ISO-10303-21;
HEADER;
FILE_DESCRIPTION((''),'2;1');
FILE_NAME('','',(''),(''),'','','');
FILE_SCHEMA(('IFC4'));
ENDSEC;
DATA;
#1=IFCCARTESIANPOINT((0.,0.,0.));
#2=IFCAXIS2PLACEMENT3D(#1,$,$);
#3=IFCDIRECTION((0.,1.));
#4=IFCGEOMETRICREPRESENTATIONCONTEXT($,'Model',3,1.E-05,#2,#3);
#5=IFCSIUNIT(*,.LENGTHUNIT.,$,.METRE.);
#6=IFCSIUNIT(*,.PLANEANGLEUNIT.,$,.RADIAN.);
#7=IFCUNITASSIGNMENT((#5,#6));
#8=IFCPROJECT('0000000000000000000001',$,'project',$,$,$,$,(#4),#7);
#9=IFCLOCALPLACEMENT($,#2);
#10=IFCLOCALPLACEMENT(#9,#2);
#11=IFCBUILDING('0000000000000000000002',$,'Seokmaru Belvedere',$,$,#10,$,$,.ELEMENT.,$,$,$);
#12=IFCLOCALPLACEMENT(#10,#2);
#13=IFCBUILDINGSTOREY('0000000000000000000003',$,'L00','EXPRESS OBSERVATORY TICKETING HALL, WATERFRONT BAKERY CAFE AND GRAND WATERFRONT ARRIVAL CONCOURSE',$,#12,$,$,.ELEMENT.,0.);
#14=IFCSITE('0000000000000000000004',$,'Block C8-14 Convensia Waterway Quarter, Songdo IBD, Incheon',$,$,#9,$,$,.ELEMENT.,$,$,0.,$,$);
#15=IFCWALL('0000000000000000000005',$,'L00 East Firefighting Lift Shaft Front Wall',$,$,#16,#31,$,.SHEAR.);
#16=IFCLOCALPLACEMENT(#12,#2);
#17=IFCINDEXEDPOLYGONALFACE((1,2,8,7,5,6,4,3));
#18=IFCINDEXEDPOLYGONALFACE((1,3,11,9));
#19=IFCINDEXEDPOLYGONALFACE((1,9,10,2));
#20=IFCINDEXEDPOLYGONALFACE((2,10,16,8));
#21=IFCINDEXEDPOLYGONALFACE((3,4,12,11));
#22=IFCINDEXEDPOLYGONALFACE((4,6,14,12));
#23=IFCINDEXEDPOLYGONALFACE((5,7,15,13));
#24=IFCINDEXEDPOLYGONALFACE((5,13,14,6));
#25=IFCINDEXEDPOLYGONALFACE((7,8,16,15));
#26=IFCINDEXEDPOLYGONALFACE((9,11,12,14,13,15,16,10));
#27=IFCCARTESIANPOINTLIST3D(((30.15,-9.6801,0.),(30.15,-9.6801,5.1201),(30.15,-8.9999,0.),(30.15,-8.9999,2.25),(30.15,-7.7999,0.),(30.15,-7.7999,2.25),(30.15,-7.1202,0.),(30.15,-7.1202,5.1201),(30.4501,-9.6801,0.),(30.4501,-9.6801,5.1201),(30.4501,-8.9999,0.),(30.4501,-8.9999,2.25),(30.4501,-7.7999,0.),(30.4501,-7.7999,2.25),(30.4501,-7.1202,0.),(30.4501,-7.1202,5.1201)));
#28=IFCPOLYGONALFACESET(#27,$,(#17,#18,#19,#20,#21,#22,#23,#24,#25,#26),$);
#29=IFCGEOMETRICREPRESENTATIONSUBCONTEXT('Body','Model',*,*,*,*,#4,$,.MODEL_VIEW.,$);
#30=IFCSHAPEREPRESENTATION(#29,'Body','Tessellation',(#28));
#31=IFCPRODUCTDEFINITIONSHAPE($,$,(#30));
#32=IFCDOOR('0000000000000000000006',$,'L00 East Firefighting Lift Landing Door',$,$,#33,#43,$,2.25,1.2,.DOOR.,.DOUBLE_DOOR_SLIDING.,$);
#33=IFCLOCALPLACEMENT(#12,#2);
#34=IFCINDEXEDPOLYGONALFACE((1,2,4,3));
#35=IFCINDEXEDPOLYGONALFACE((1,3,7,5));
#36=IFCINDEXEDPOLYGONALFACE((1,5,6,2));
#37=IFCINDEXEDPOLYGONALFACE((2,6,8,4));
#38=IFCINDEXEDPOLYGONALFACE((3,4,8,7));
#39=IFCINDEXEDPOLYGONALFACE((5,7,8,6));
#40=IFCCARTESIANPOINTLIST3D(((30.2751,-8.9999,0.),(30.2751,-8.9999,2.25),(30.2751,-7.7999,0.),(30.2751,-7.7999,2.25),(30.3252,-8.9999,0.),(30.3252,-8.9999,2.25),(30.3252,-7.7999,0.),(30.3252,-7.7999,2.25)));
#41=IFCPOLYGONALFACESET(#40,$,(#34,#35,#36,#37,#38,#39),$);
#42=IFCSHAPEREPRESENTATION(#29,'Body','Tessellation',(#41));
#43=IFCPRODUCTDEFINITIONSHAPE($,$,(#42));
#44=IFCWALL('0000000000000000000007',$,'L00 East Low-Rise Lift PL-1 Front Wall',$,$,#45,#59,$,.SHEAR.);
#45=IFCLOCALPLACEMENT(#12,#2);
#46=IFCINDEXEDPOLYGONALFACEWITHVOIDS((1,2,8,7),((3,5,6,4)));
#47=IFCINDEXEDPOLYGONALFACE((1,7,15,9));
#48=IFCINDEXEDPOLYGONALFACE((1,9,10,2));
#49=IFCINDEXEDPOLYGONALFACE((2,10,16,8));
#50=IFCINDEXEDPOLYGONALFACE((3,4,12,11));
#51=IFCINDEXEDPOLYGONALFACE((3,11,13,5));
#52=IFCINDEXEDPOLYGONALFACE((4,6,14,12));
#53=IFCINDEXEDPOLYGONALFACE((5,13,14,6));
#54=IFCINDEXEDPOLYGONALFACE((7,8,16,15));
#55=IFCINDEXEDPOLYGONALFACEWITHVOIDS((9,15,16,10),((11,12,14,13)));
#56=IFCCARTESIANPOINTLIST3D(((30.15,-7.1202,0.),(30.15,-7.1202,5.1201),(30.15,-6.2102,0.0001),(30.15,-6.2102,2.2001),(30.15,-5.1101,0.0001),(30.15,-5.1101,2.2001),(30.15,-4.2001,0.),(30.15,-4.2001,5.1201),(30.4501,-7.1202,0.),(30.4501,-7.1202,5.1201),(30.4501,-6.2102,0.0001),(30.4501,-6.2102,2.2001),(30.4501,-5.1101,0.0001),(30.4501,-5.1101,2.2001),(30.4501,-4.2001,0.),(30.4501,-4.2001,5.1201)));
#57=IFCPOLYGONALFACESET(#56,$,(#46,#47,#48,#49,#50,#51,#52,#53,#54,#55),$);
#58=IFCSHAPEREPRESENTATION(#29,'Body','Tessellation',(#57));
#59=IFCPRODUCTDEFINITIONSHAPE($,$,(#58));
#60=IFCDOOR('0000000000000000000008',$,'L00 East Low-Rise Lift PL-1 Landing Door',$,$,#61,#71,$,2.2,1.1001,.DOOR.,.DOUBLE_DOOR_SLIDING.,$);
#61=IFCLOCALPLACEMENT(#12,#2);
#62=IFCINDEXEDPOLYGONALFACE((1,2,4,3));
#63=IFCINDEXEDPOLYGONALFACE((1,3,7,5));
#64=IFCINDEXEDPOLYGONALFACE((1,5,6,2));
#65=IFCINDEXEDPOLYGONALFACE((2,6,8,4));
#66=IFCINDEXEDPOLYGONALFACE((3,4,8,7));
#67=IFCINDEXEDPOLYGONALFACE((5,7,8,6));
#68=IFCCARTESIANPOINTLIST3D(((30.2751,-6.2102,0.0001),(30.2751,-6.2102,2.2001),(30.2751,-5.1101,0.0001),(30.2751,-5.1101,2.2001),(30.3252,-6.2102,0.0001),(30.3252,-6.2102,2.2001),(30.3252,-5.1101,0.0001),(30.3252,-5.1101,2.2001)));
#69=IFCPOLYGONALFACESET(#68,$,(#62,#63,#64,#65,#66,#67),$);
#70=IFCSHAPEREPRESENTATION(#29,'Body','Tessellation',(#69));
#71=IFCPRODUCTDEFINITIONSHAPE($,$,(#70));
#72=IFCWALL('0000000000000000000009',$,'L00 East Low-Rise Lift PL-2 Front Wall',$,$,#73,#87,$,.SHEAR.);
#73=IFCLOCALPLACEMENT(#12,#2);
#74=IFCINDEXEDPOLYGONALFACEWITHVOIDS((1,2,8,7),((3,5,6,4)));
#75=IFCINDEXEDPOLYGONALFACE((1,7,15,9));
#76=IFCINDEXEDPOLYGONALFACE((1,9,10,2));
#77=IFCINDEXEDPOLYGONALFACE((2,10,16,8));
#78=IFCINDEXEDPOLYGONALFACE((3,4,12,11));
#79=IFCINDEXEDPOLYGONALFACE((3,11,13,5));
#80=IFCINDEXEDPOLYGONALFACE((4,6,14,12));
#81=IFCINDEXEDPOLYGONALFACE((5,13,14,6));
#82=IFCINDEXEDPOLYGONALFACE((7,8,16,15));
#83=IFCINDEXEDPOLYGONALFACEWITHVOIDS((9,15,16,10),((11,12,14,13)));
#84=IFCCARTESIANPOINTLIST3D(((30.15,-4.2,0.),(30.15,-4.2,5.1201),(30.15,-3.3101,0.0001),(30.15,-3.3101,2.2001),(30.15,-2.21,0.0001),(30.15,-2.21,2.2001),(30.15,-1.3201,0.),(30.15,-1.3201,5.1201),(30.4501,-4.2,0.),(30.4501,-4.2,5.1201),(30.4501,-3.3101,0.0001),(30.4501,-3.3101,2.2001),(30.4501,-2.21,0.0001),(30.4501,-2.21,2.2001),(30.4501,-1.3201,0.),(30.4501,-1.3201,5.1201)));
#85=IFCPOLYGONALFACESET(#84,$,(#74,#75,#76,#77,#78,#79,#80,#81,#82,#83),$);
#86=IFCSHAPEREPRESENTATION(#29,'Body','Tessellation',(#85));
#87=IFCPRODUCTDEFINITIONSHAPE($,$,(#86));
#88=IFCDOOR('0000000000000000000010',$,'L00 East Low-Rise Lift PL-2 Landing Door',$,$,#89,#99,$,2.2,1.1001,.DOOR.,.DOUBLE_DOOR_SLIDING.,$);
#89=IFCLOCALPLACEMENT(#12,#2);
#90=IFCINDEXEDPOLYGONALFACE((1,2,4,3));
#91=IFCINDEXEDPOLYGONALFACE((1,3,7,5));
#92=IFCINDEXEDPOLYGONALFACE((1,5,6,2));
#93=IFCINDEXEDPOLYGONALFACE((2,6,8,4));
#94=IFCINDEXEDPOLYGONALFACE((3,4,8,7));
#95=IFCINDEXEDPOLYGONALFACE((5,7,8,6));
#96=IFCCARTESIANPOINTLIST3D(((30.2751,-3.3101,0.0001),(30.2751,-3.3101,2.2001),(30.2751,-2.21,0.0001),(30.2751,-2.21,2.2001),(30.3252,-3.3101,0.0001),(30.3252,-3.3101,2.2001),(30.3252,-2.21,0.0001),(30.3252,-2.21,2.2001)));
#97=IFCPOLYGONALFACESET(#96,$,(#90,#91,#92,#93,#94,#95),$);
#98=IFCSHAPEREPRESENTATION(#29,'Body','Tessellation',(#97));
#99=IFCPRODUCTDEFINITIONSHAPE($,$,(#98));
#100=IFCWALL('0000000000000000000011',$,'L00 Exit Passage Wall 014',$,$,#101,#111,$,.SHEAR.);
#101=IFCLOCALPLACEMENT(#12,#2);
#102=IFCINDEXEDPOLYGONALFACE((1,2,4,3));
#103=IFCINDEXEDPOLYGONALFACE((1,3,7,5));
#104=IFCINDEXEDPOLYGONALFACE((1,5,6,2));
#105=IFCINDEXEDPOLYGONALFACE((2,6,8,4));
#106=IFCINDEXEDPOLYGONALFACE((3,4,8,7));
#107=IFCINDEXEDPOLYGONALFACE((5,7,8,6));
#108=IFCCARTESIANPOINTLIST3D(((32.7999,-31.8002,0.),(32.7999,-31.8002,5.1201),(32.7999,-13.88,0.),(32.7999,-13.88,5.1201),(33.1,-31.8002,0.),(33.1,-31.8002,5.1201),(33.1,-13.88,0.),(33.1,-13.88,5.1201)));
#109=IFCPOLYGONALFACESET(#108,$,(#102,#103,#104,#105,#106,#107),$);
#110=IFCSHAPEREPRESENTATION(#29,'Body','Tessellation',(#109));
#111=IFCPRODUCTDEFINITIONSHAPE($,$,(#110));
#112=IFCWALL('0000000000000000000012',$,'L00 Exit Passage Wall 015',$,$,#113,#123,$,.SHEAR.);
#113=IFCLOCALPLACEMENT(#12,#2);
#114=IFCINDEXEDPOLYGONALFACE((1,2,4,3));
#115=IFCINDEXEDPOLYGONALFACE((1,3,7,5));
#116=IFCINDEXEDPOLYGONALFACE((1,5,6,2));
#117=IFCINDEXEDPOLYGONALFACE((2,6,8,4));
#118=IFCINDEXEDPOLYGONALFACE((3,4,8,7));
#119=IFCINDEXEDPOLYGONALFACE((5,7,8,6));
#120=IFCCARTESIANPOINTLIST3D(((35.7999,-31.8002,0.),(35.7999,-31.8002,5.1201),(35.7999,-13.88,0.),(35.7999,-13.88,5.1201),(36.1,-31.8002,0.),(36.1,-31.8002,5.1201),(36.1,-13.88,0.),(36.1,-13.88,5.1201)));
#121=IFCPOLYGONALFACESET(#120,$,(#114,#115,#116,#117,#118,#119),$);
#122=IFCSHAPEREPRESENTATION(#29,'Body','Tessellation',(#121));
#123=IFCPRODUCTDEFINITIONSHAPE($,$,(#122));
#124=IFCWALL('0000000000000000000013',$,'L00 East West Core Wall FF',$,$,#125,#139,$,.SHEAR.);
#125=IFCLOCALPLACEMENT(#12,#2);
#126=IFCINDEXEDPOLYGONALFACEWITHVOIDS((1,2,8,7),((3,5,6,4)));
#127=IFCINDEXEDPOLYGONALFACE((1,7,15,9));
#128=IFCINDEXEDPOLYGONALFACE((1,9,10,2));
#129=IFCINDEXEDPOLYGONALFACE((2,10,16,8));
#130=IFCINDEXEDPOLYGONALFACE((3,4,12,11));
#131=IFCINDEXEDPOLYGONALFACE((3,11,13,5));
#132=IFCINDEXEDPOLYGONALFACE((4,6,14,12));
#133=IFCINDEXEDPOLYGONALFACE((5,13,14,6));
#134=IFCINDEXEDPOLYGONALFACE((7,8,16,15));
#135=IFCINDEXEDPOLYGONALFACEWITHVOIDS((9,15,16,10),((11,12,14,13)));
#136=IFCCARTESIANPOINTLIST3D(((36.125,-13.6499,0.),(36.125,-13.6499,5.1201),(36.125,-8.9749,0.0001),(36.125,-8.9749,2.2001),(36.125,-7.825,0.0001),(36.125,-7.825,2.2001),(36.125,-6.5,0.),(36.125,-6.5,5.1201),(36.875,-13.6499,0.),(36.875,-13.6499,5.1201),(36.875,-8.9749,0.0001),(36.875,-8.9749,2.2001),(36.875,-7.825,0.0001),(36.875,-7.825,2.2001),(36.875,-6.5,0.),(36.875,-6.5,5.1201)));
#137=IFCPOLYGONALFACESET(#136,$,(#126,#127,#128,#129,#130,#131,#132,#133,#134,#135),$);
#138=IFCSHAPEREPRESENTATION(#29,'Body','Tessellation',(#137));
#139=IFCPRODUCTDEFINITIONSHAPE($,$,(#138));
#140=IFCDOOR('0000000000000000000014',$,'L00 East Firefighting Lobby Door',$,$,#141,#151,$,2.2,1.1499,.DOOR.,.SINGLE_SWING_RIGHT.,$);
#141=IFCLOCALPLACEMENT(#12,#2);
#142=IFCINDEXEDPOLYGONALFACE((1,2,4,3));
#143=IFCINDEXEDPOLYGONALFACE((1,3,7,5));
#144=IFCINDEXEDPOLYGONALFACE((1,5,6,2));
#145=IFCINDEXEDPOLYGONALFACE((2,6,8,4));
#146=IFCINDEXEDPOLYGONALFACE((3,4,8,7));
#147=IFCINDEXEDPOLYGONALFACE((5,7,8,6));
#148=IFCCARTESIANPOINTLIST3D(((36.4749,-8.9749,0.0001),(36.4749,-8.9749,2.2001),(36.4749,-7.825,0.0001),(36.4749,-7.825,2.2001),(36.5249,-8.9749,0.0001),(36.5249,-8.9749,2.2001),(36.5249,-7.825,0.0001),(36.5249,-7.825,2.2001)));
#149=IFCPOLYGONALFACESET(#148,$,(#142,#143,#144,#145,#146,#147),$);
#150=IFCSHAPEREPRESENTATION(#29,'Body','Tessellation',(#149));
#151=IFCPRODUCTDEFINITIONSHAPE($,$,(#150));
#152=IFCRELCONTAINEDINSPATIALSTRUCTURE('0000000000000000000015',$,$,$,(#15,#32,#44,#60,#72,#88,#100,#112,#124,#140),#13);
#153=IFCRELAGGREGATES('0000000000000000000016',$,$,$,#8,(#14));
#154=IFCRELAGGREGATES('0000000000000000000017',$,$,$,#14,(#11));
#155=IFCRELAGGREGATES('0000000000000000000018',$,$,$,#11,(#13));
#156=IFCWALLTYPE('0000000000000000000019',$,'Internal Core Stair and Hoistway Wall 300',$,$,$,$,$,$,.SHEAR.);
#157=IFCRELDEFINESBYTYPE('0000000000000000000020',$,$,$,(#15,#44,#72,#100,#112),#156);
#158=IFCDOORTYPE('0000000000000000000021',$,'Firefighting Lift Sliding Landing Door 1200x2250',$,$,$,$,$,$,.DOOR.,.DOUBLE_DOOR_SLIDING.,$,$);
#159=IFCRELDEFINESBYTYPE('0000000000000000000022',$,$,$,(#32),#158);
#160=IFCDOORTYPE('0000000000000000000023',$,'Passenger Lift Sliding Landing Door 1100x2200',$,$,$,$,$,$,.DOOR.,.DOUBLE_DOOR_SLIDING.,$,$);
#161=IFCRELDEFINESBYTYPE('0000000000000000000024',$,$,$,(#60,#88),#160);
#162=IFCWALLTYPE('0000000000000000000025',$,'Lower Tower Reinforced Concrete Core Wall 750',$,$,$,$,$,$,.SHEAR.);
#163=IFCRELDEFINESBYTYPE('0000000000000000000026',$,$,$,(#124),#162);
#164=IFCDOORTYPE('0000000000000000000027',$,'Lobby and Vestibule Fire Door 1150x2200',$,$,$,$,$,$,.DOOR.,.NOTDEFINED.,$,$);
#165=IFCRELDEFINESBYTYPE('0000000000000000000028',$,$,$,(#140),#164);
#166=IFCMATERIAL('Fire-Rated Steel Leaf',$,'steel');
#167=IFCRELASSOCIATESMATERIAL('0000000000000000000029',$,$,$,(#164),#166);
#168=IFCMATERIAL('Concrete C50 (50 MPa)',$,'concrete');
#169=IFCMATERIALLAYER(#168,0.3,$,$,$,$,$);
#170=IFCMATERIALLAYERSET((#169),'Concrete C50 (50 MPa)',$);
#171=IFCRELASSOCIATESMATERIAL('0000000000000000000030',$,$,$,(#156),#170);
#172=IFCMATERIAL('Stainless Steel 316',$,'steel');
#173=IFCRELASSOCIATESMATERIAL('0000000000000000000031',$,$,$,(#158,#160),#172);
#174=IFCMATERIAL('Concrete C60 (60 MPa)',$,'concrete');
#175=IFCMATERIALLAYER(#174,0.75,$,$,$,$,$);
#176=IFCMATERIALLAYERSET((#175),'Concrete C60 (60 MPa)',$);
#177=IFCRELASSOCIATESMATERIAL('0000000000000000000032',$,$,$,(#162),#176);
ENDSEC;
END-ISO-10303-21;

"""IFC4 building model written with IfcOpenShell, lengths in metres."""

from ifc_helpers import new_model, si_unit, direction, frame, frame_2d, origin, place, context, subcontext, project, spatial, rectangle, extrude, source, transform, mapped, material, layer, layer_set, type_object, type_shapes, element, fill, save


model = new_model("IFC4")

# Units and contexts
model_context = context("Model", 3, precision=1e-05, world=origin(), true_north=direction((0.0, 1.0)))
body_context = subcontext(model_context, "Body", "Model", "MODEL_VIEW")
ifc_project = project(units=[si_unit("LENGTHUNIT", "METRE"), si_unit("PLANEANGLEUNIT", "RADIAN")], contexts=[model_context])

# Site, building, storey
site_placement = place(None, origin())
site = spatial("IfcSite", under=ifc_project, at=site_placement, Name="Block C8-14 Convensia Waterway Quarter, Songdo IBD, Incheon", CompositionType="ELEMENT", RefElevation=0.0)
building_placement = place(site_placement, origin())
building = spatial("IfcBuilding", under=site, at=building_placement, Name="Seokmaru Belvedere", CompositionType="ELEMENT")
storey_placement = place(building_placement, origin())
storey = spatial("IfcBuildingStorey", under=building, at=storey_placement, Name="L00", Description="EXPRESS OBSERVATORY TICKETING HALL, WATERFRONT BAKERY CAFE AND GRAND WATERFRONT ARRIVAL CONCOURSE", CompositionType="ELEMENT", Elevation=0.0)

# Shared definitions
ifc_material_1 = material(Name="Concrete C50 (50 MPa)", Category="concrete")

# Walls, openings, doors
ifc_material_2 = material(Name="Fire-Rated Steel Leaf", Category="steel")
door_type_1 = type_object("IfcDoorType", Name="Lobby and Vestibule Fire Door 1150x2200", OperationType="NOTDEFINED", PredefinedType="DOOR", material=ifc_material_2)
shared_shape_1 = source(origin(), body_context, "Body", "SweptSolid", [
    extrude(rectangle(XDim=1.1499, YDim=2.2, at=frame_2d((0.575, 1.1001))), frame((0.0, 0.0249, 0.0), z_axis=(0.0, -1.0, 0.0), x_axis=(1.0, 0.0, 0.0)), (0.0, 0.0, 1.0), 0.05),
])
type_shapes(door_type_1, [shared_shape_1])
ifc_layer_1 = layer(ifc_material_1, 0.3)
ifc_layer_set_1 = layer_set([ifc_layer_1], Name="Concrete C50 (50 MPa)")
wall_type_1 = type_object("IfcWallType", Name="Internal Core Stair and Hoistway Wall 300", PredefinedType="SHEAR", material=ifc_layer_set_1)
wall_1_placement = place(storey_placement, frame((30.3, -9.6799, 0.0), z_axis=(0.0, 0.0, 1.0), x_axis=(0.0, 1.0, 0.0)))
wall_1 = element("IfcWall", 1, at=wall_1_placement, inside=storey, type_object=wall_type_1, Name="L00 East Firefighting Lift Shaft Front Wall", PredefinedType="SHEAR", context=body_context, shape_type="SweptSolid", body=[
    extrude(rectangle(XDim=2.5598, YDim=0.3, at=frame_2d((1.2798, 0.0))), origin(), (0.0, 0.0, 1.0), 5.1201),
])
opening_1_placement = place(wall_1_placement, frame((0.6799, 0.0, 0.0)))
opening_1 = element("IfcOpeningElement", 2, at=opening_1_placement, cuts=wall_1, PredefinedType="OPENING", context=body_context, shape_type="SweptSolid", body=[
    extrude(rectangle(XDim=1.2, YDim=2.25, at=frame_2d((0.6001, 1.125))), frame((0.0, 0.1602, 0.0), z_axis=(0.0, -1.0, 0.0), x_axis=(1.0, 0.0, 0.0)), (0.0, 0.0, 1.0), 0.3201),
])
ifc_material_3 = material(Name="Stainless Steel 316", Category="steel")
door_type_2 = type_object("IfcDoorType", Name="Firefighting Lift Sliding Landing Door 1200x2250", OperationType="DOUBLE_DOOR_SLIDING", PredefinedType="DOOR", material=ifc_material_3)
shared_shape_2 = source(origin(), body_context, "Body", "SweptSolid", [
    extrude(rectangle(XDim=1.2, YDim=2.25, at=frame_2d((0.6001, 1.125))), frame((0.0, 0.0249, 0.0), z_axis=(0.0, -1.0, 0.0), x_axis=(1.0, 0.0, 0.0)), (0.0, 0.0, 1.0), 0.05),
])
type_shapes(door_type_2, [shared_shape_2])
door_1_placement = place(opening_1_placement, origin())
door_1 = element("IfcDoor", 3, at=door_1_placement, inside=storey, type_object=door_type_2, Name="L00 East Firefighting Lift Landing Door", OperationType="DOUBLE_DOOR_SLIDING", OverallHeight=2.25, OverallWidth=1.2, PredefinedType="DOOR", context=body_context, shape_type="MappedRepresentation", body=[
    mapped(shared_shape_2, transform((0.0, 0.0, 0.0), scale=1.0)),
])
fill(opening_1, door_1)
wall_2_placement = place(storey_placement, frame((30.3, -7.1201, 0.0), z_axis=(0.0, 0.0, 1.0), x_axis=(0.0, 1.0, 0.0)))
wall_2 = element("IfcWall", 4, at=wall_2_placement, inside=storey, type_object=wall_type_1, Name="L00 East Low-Rise Lift PL-1 Front Wall", PredefinedType="SHEAR", context=body_context, shape_type="SweptSolid", body=[
    extrude(rectangle(XDim=2.9202, YDim=0.3, at=frame_2d((1.46, 0.0))), origin(), (0.0, 0.0, 1.0), 5.1201),
])
opening_2_placement = place(wall_2_placement, frame((0.9099, 0.0, 0.0)))
opening_2 = element("IfcOpeningElement", 5, at=opening_2_placement, cuts=wall_2, PredefinedType="OPENING", context=body_context, shape_type="SweptSolid", body=[
    extrude(rectangle(XDim=1.1001, YDim=2.2, at=frame_2d((0.55, 1.1001))), frame((0.0, 0.1602, 0.0), z_axis=(0.0, -1.0, 0.0), x_axis=(1.0, 0.0, 0.0)), (0.0, 0.0, 1.0), 0.3201),
])
door_type_3 = type_object("IfcDoorType", Name="Passenger Lift Sliding Landing Door 1100x2200", OperationType="DOUBLE_DOOR_SLIDING", PredefinedType="DOOR", material=ifc_material_3)
shared_shape_3 = source(origin(), body_context, "Body", "SweptSolid", [
    extrude(rectangle(XDim=1.1001, YDim=2.2, at=frame_2d((0.55, 1.1001))), frame((0.0, 0.0249, 0.0), z_axis=(0.0, -1.0, 0.0), x_axis=(1.0, 0.0, 0.0)), (0.0, 0.0, 1.0), 0.05),
])
type_shapes(door_type_3, [shared_shape_3])
door_2_placement = place(opening_2_placement, origin())
door_2 = element("IfcDoor", 6, at=door_2_placement, inside=storey, type_object=door_type_3, Name="L00 East Low-Rise Lift PL-1 Landing Door", OperationType="DOUBLE_DOOR_SLIDING", OverallHeight=2.2, OverallWidth=1.1001, PredefinedType="DOOR", context=body_context, shape_type="MappedRepresentation", body=[
    mapped(shared_shape_3, transform((0.0, 0.0, 0.0), scale=1.0)),
])
fill(opening_2, door_2)
wall_3_placement = place(storey_placement, frame((30.3, -4.2, 0.0), z_axis=(0.0, 0.0, 1.0), x_axis=(0.0, 1.0, 0.0)))
wall_3 = element("IfcWall", 7, at=wall_3_placement, inside=storey, type_object=wall_type_1, Name="L00 East Low-Rise Lift PL-2 Front Wall", PredefinedType="SHEAR", context=body_context, shape_type="SweptSolid", body=[
    extrude(rectangle(XDim=2.8799, YDim=0.3, at=frame_2d((1.4399, 0.0))), origin(), (0.0, 0.0, 1.0), 5.1201),
])
opening_3_placement = place(wall_3_placement, frame((0.8899, 0.0, 0.0)))
opening_3 = element("IfcOpeningElement", 8, at=opening_3_placement, cuts=wall_3, PredefinedType="OPENING", context=body_context, shape_type="SweptSolid", body=[
    extrude(rectangle(XDim=1.1001, YDim=2.2, at=frame_2d((0.55, 1.1001))), frame((0.0, 0.1602, 0.0), z_axis=(0.0, -1.0, 0.0), x_axis=(1.0, 0.0, 0.0)), (0.0, 0.0, 1.0), 0.3201),
])
door_3_placement = place(opening_3_placement, origin())
door_3 = element("IfcDoor", 9, at=door_3_placement, inside=storey, type_object=door_type_3, Name="L00 East Low-Rise Lift PL-2 Landing Door", OperationType="DOUBLE_DOOR_SLIDING", OverallHeight=2.2, OverallWidth=1.1001, PredefinedType="DOOR", context=body_context, shape_type="MappedRepresentation", body=[
    mapped(shared_shape_3, transform((0.0, 0.0, 0.0), scale=1.0)),
])
fill(opening_3, door_3)

# Walls
for number, where, z_axis, x_axis, name in (
    (10, (32.95, -31.8, 0.0), (0.0, 0.0, 1.0), (0.0, 1.0, 0.0), "L00 Exit Passage Wall 014"),
    (11, (35.95, -31.8, 0.0), (0.0, 0.0, 1.0), (0.0, 1.0, 0.0), "L00 Exit Passage Wall 015"),
):
    element("IfcWall", number, at=place(storey_placement, frame(where, z_axis=z_axis, x_axis=x_axis)), inside=storey, type_object=wall_type_1, Name=name, PredefinedType="SHEAR", context=body_context, shape_type="SweptSolid", body=[
        extrude(rectangle(XDim=17.9202, YDim=0.3, at=frame_2d((8.96, 0.0))), origin(), (0.0, 0.0, 1.0), 5.1201),
    ])

# Wall, opening, door
ifc_material_4 = material(Name="Concrete C60 (60 MPa)", Category="concrete")
ifc_layer_2 = layer(ifc_material_4, 0.75)
ifc_layer_set_2 = layer_set([ifc_layer_2], Name="Concrete C60 (60 MPa)")
wall_type_2 = type_object("IfcWallType", Name="Lower Tower Reinforced Concrete Core Wall 750", PredefinedType="SHEAR", material=ifc_layer_set_2)
wall_4_placement = place(storey_placement, frame((36.5, -13.6499, 0.0), z_axis=(0.0, 0.0, 1.0), x_axis=(0.0, 1.0, 0.0)))
wall_4 = element("IfcWall", 12, at=wall_4_placement, inside=storey, type_object=wall_type_2, Name="L00 East West Core Wall FF", PredefinedType="SHEAR", context=body_context, shape_type="SweptSolid", body=[
    extrude(rectangle(XDim=7.1499, YDim=0.75, at=frame_2d((3.575, 0.0))), origin(), (0.0, 0.0, 1.0), 5.1201),
])
opening_4_placement = place(wall_4_placement, frame((4.675, 0.0, 0.0)))
opening_4 = element("IfcOpeningElement", 13, at=opening_4_placement, cuts=wall_4, PredefinedType="OPENING", context=body_context, shape_type="SweptSolid", body=[
    extrude(rectangle(XDim=1.1499, YDim=2.2, at=frame_2d((0.575, 1.1001))), frame((0.0, 0.385, 0.0), z_axis=(0.0, -1.0, 0.0), x_axis=(1.0, 0.0, 0.0)), (0.0, 0.0, 1.0), 0.77),
])
door_4_placement = place(opening_4_placement, frame((1.1499, 0.0, 0.0), z_axis=(0.0, 0.0, 1.0), x_axis=(-1.0, 0.0, 0.0)))
door_4 = element("IfcDoor", 14, at=door_4_placement, inside=storey, type_object=door_type_1, Name="L00 East Firefighting Lobby Door", OperationType="SINGLE_SWING_RIGHT", OverallHeight=2.2, OverallWidth=1.1499, PredefinedType="DOOR", context=body_context, shape_type="MappedRepresentation", body=[
    mapped(shared_shape_1, transform((0.0, 0.0, 0.0), scale=1.0)),
])
fill(opening_4, door_4)

save(model, "model.ifc")
